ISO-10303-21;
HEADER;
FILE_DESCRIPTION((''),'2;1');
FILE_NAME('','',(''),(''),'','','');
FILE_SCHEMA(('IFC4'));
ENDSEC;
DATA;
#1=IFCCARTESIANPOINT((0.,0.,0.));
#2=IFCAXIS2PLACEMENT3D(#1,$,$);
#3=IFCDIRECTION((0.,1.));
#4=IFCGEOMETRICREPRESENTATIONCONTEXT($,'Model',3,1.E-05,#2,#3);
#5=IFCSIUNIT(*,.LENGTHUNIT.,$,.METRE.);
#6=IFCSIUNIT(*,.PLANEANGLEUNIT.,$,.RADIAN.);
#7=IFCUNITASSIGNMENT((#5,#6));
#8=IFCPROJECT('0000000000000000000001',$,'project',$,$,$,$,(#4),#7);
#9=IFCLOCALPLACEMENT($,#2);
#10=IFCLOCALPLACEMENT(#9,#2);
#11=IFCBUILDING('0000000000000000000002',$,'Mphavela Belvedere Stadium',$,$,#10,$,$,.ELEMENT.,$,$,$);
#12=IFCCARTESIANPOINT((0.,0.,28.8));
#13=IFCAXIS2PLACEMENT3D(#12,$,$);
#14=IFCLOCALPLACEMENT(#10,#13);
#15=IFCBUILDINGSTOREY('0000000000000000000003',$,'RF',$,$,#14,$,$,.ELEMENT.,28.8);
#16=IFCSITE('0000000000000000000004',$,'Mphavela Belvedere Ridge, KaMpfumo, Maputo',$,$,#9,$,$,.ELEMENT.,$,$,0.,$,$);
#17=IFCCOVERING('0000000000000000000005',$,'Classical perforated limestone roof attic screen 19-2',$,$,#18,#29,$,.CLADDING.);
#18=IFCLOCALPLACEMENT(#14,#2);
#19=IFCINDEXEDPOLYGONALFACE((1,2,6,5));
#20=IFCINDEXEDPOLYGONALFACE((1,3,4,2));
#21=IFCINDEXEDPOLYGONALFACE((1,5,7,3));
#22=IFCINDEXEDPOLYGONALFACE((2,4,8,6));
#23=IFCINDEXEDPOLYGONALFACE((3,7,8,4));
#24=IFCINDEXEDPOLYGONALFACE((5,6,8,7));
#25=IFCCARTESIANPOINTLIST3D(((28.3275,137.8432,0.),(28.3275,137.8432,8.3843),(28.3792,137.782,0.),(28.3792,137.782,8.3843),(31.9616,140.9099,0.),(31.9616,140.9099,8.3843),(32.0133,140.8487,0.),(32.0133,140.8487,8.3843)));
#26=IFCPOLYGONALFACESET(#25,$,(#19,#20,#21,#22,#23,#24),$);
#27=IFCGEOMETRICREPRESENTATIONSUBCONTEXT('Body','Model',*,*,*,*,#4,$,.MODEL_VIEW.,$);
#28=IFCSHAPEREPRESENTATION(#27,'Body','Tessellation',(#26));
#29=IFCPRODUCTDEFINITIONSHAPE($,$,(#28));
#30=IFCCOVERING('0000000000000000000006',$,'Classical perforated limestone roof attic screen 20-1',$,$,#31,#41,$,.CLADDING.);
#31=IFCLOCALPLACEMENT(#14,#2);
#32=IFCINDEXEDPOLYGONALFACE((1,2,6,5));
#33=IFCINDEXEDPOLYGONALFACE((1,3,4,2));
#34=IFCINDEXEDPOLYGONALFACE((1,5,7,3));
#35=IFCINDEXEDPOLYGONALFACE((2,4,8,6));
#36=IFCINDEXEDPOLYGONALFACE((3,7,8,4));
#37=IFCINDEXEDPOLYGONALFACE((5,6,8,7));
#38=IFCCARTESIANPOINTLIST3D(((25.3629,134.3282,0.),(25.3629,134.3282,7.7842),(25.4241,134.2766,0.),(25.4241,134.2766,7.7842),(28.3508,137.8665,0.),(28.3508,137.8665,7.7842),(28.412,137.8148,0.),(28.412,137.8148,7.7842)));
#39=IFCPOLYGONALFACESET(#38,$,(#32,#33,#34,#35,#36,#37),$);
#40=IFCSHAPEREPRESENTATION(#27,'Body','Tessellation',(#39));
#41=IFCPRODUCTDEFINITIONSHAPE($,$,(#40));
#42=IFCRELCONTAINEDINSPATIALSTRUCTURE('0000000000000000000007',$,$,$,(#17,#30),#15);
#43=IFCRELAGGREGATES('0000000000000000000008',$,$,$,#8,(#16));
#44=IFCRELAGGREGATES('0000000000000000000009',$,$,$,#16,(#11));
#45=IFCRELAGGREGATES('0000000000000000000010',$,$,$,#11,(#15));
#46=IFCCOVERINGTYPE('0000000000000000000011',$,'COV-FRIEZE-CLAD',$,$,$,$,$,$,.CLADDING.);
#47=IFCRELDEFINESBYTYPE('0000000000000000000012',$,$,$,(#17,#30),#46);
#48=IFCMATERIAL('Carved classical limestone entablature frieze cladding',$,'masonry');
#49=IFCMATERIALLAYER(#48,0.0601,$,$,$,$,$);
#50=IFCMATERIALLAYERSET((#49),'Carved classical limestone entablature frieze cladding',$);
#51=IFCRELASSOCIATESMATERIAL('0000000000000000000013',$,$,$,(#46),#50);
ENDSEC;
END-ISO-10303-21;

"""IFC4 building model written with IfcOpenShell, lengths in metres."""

from ifc_helpers import new_model, si_unit, direction, frame, origin, origin_2d, place, context, subcontext, project, spatial, rectangle, extrude, material, layer, layer_set, type_object, element, save


model = new_model("IFC4")

# Units and contexts
model_context = context("Model", 3, precision=1e-05, world=origin(), true_north=direction((0.0, 1.0)))
body_context = subcontext(model_context, "Body", "Model", "MODEL_VIEW")
ifc_project = project(units=[si_unit("LENGTHUNIT", "METRE"), si_unit("PLANEANGLEUNIT", "RADIAN")], contexts=[model_context])

# Site, building, storey
site_placement = place(None, origin())
site = spatial("IfcSite", under=ifc_project, at=site_placement, Name="Mphavela Belvedere Ridge, KaMpfumo, Maputo", CompositionType="ELEMENT", RefElevation=0.0)
building_placement = place(site_placement, origin())
building = spatial("IfcBuilding", under=site, at=building_placement, Name="Mphavela Belvedere Stadium", CompositionType="ELEMENT")
storey_placement = place(building_placement, frame((0.0, 0.0, 28.8)))
storey = spatial("IfcBuildingStorey", under=building, at=storey_placement, Name="RF", CompositionType="ELEMENT", Elevation=28.8)

# Coverings
ifc_material_1 = material(Name="Carved classical limestone entablature frieze cladding", Category="masonry")
ifc_layer_1 = layer(ifc_material_1, 0.0601)
ifc_layer_set_1 = layer_set([ifc_layer_1], Name="Carved classical limestone entablature frieze cladding")
covering_type = type_object("IfcCoveringType", Name="COV-FRIEZE-CLAD", PredefinedType="CLADDING", material=ifc_layer_set_1)
covering_1_placement = place(storey_placement, frame((30.1704, 139.3459, 0.0), z_axis=(0.0, 0.0, 1.0), x_axis=(-0.764246, -0.644924, 0.0)))
element("IfcCovering", 1, at=covering_1_placement, inside=storey, type_object=covering_type, Name="Classical perforated limestone roof attic screen 19-2", PredefinedType="CLADDING", context=body_context, shape_type="SweptSolid", body=[
    extrude(rectangle(XDim=4.7551, YDim=0.0801, at=origin_2d()), origin(), (0.0, 0.0, 1.0), 8.3843),
])
covering_2_placement = place(storey_placement, frame((26.8875, 136.0715, 0.0), z_axis=(0.0, 0.0, 1.0), x_axis=(-0.645191, -0.764021, 0.0)))
element("IfcCovering", 2, at=covering_2_placement, inside=storey, type_object=covering_type, Name="Classical perforated limestone roof attic screen 20-1", PredefinedType="CLADDING", context=body_context, shape_type="SweptSolid", body=[
    extrude(rectangle(XDim=4.6311, YDim=0.0801, at=origin_2d()), origin(), (0.0, 0.0, 1.0), 7.7842),
])

save(model, "model.ifc")
